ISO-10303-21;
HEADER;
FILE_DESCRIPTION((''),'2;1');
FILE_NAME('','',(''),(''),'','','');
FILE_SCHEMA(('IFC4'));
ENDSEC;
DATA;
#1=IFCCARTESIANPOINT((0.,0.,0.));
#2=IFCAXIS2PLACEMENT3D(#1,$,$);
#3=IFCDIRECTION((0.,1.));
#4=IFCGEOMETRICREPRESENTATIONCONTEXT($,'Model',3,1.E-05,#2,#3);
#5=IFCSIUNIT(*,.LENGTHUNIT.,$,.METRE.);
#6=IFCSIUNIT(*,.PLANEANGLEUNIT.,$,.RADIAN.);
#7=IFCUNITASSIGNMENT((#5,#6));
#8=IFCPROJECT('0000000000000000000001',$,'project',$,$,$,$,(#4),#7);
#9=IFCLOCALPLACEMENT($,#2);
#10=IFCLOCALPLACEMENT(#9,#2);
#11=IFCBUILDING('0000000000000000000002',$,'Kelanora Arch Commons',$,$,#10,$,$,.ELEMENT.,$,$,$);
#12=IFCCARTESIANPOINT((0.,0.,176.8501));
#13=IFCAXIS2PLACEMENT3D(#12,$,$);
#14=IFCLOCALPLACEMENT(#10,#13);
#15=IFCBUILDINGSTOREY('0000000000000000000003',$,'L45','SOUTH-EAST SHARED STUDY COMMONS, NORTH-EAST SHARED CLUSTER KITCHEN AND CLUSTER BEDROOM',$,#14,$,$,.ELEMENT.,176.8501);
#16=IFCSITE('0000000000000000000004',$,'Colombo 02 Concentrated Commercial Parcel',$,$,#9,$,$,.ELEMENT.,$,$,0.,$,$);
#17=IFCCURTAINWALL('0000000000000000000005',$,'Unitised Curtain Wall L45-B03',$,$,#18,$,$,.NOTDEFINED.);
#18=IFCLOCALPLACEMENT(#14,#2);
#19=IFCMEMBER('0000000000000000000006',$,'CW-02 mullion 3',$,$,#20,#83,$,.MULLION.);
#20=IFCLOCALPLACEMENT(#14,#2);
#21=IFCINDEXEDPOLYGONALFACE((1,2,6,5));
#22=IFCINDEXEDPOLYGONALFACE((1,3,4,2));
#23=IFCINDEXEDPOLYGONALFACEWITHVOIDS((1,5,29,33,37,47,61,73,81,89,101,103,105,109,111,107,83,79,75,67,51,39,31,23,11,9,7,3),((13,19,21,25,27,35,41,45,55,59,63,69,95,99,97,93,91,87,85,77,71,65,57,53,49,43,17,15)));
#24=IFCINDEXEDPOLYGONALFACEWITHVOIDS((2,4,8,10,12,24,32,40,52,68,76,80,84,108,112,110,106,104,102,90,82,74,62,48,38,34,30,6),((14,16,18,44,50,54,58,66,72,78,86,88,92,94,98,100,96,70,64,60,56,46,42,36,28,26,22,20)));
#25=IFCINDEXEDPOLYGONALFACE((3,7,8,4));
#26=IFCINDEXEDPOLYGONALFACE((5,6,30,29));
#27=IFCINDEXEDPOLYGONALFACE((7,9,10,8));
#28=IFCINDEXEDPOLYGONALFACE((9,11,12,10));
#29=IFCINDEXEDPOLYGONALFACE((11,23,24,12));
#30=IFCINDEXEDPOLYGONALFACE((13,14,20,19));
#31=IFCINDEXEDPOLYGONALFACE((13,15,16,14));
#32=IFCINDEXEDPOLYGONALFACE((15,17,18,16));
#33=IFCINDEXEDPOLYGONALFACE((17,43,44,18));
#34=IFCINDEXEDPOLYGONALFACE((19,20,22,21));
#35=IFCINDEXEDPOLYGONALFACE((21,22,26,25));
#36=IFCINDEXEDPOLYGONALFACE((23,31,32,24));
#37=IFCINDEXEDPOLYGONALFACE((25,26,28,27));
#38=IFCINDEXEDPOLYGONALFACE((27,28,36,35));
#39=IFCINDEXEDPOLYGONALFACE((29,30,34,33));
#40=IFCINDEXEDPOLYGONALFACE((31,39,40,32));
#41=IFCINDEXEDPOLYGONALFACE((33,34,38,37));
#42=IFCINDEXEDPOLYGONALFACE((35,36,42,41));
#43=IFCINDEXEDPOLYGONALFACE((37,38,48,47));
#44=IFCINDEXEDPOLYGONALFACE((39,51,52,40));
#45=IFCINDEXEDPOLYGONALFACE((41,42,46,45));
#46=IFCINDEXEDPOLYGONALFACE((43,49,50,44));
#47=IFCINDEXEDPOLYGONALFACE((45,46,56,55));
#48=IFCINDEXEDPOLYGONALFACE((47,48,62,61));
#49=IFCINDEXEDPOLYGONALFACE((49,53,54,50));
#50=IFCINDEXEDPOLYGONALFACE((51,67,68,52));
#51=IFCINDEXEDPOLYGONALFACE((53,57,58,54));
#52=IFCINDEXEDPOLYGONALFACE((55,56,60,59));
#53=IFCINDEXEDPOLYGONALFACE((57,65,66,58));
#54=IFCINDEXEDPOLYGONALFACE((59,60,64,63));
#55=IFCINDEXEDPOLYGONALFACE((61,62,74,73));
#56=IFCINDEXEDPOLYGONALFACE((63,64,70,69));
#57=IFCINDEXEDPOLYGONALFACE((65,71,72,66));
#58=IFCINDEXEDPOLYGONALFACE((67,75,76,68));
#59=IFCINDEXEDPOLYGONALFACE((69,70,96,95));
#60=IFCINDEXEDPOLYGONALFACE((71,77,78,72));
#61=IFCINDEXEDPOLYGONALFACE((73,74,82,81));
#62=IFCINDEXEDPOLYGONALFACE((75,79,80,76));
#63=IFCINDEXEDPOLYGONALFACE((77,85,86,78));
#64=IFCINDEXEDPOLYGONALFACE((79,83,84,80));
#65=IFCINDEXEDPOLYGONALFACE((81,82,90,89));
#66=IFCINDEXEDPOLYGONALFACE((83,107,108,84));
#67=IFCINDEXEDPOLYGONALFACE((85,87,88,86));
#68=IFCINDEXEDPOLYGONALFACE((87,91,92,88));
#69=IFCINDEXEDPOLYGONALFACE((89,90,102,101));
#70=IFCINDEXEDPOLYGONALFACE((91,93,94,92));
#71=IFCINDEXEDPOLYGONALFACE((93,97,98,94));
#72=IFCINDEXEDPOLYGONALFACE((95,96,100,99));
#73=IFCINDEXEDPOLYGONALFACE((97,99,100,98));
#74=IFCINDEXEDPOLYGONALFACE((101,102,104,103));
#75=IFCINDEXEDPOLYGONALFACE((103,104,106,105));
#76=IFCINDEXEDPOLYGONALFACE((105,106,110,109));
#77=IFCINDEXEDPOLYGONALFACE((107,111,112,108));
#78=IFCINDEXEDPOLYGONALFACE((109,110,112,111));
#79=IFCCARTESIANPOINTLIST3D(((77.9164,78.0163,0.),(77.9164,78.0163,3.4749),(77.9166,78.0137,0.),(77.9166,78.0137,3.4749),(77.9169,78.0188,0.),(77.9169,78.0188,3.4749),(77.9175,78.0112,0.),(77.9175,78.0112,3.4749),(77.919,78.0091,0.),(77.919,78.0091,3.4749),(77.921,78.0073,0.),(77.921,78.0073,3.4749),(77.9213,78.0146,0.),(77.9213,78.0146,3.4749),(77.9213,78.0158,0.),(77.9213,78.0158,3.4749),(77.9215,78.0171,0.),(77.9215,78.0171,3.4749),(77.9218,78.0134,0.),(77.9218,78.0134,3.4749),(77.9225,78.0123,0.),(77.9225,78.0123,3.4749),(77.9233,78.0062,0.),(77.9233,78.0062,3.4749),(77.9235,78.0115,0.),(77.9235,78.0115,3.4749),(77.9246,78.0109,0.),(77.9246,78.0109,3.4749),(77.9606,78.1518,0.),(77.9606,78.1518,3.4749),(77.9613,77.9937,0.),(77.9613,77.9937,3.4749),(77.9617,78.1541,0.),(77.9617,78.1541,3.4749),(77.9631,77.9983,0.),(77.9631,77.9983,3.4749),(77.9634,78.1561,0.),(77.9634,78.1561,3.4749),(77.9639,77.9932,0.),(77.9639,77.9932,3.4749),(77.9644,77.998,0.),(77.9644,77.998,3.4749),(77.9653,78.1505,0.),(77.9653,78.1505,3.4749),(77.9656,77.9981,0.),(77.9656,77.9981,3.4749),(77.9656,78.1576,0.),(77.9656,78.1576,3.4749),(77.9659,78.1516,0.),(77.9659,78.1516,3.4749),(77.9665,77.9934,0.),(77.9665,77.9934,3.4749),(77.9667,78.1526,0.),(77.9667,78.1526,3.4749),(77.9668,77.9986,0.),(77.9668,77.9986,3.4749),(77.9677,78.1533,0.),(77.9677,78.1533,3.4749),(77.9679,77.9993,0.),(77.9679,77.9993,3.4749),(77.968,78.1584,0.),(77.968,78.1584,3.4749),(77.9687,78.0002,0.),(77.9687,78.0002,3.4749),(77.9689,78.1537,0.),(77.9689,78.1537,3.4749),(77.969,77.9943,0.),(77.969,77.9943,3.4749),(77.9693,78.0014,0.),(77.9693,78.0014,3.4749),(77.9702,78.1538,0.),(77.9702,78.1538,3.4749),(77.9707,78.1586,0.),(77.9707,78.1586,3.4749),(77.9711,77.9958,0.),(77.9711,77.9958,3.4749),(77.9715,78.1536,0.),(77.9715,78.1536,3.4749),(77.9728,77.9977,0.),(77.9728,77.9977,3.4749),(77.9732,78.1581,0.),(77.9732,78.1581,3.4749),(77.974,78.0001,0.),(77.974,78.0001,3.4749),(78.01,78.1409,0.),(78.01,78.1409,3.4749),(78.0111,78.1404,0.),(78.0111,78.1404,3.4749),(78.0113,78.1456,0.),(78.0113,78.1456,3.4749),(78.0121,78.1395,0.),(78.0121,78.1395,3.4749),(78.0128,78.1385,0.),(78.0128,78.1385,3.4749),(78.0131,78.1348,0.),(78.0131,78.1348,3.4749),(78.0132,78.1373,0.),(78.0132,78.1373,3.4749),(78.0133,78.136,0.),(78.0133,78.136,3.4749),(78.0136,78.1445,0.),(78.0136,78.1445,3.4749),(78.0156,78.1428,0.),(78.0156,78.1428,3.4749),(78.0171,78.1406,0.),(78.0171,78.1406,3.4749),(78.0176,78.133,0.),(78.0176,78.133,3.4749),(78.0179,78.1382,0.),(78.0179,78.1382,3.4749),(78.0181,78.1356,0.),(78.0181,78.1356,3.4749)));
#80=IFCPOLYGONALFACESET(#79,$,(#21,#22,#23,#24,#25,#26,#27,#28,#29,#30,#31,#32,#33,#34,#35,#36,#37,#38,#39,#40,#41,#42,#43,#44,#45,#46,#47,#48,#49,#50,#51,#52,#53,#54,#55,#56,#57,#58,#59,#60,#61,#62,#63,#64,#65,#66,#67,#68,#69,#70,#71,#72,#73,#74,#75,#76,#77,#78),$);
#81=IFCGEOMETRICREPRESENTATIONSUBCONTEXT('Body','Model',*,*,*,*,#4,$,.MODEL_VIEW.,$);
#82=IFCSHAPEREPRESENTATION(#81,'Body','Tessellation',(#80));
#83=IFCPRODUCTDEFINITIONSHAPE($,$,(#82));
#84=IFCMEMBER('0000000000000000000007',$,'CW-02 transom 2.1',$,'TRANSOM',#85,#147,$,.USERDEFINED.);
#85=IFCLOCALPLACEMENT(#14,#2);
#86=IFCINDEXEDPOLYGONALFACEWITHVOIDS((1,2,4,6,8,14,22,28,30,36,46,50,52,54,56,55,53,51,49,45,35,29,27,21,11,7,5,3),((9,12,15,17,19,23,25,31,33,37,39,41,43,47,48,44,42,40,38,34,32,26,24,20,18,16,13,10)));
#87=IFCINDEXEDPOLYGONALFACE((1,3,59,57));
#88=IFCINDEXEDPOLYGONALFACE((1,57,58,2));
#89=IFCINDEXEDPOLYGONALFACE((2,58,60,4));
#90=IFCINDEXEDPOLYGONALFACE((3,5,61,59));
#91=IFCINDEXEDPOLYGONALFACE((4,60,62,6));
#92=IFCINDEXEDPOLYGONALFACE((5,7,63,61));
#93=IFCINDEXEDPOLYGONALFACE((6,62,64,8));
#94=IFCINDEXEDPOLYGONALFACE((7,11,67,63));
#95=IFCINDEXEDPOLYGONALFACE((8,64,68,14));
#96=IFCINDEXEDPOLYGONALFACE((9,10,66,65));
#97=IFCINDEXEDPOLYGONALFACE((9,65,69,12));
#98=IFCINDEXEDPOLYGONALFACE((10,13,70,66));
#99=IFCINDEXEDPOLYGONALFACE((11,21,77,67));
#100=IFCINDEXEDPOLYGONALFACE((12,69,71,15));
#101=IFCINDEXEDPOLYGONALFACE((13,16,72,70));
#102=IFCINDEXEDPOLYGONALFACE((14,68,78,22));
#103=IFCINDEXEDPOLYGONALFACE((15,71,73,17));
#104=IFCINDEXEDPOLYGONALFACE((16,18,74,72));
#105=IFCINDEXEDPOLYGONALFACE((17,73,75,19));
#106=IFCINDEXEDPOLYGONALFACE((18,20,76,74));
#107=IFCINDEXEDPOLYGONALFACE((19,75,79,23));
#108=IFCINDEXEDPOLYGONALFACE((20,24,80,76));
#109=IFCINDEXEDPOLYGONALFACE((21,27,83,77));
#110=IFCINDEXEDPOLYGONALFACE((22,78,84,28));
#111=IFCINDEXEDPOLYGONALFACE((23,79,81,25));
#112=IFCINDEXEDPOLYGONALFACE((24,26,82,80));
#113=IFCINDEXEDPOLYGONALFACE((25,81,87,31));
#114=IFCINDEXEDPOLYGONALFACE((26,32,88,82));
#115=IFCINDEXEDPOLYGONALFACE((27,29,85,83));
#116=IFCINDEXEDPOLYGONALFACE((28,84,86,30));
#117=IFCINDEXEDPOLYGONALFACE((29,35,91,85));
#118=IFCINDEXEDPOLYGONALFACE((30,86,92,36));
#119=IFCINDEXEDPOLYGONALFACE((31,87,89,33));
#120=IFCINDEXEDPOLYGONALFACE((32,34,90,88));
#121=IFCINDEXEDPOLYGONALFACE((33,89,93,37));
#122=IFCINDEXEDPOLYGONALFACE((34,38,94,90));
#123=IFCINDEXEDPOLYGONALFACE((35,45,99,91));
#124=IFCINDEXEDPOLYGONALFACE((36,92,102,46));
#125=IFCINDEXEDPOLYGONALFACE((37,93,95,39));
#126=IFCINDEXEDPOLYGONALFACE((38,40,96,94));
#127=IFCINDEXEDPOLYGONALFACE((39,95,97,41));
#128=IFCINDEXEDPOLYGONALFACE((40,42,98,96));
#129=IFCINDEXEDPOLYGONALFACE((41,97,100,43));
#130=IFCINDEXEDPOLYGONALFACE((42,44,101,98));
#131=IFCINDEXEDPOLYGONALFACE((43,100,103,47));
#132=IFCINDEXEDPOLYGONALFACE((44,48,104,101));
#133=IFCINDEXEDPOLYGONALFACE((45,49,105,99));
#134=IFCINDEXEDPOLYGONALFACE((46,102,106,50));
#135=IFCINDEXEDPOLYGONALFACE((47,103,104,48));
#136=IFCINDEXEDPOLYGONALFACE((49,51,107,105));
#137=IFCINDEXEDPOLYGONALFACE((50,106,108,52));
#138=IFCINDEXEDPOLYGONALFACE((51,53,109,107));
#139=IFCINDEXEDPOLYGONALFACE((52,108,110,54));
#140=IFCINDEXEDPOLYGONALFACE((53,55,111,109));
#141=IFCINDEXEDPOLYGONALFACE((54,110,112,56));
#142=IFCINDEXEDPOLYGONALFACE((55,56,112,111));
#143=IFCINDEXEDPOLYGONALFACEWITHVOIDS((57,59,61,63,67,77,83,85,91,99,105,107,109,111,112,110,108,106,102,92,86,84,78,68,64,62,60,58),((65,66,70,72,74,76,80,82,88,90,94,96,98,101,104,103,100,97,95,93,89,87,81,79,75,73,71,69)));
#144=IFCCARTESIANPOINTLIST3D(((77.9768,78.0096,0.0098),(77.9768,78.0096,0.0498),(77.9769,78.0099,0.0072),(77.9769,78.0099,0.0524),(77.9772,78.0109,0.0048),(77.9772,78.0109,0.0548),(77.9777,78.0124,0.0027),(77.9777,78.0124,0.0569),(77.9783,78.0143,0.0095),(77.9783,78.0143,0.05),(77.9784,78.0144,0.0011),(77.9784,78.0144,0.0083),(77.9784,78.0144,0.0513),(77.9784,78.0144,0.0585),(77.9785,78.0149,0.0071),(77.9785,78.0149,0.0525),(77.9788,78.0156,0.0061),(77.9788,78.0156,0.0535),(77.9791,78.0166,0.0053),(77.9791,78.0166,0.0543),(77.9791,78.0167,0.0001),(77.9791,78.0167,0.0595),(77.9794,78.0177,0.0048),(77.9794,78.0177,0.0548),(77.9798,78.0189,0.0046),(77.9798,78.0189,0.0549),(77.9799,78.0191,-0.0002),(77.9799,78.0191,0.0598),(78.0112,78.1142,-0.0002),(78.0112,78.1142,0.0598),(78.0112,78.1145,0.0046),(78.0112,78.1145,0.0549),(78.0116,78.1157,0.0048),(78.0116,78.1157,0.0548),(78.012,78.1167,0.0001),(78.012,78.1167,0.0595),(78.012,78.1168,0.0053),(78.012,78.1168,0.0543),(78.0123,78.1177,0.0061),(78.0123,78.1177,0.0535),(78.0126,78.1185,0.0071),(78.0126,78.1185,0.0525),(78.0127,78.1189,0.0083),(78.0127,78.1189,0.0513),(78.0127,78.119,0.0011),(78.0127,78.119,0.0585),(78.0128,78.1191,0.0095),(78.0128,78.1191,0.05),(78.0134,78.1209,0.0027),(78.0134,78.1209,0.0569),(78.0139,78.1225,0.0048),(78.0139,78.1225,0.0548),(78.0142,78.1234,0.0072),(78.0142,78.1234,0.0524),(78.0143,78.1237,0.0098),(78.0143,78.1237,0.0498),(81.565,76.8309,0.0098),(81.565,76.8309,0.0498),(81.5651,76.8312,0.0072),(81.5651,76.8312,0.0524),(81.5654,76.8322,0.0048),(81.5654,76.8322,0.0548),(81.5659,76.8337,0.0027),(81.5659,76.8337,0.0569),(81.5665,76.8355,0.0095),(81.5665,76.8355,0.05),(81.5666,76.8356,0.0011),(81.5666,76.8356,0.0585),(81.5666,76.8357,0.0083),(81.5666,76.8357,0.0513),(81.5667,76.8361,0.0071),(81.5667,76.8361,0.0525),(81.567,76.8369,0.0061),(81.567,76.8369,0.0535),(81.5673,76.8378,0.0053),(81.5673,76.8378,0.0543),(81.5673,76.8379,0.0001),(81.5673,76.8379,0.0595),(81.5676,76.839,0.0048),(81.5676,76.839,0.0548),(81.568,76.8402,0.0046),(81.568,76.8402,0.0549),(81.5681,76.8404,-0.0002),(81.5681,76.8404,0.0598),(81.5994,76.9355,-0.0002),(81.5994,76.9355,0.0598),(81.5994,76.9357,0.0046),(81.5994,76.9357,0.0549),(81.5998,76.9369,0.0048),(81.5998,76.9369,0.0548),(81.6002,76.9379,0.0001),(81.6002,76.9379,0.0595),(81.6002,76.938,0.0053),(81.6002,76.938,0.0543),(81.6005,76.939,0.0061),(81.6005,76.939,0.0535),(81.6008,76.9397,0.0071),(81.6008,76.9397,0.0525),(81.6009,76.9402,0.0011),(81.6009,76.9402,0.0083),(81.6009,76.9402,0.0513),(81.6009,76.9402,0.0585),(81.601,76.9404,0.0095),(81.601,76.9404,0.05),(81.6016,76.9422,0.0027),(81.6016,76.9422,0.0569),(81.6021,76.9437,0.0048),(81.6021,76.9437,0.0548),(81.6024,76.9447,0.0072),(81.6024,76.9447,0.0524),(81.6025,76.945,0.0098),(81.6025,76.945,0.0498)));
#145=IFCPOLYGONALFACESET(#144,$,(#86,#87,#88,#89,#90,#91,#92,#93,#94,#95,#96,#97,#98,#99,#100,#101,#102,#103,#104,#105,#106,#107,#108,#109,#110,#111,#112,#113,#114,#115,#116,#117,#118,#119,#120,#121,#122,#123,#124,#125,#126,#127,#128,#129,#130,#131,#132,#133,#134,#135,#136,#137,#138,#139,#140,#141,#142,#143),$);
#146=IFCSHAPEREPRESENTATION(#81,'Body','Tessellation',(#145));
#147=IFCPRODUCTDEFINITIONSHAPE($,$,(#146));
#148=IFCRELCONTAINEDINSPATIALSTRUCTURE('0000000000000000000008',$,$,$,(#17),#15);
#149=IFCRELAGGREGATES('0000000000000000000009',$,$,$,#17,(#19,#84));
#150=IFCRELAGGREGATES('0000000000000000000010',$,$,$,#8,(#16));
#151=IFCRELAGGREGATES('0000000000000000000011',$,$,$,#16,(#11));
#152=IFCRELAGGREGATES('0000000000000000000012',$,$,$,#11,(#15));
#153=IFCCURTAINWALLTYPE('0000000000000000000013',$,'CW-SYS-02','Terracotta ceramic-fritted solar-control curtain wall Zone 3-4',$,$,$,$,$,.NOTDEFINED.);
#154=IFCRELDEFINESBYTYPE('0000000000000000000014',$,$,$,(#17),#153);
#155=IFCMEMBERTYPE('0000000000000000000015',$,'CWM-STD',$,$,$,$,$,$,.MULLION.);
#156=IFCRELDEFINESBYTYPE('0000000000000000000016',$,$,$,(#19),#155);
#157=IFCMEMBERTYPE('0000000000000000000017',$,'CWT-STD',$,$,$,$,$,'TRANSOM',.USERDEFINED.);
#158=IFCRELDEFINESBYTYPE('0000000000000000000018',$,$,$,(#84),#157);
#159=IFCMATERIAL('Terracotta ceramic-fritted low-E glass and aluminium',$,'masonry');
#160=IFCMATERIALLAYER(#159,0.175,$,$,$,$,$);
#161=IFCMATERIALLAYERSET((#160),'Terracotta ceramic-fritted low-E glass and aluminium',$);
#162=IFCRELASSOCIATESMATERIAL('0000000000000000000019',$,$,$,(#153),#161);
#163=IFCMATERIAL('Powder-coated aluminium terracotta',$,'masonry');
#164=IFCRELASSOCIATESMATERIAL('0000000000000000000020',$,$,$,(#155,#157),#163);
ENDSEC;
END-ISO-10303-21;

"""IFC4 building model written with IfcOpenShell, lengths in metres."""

from ifc_helpers import new_model, si_unit, direction, frame, origin, origin_2d, place, context, subcontext, project, spatial, hollow_rectangle, extrude, material, layer, layer_set, material_profile, profile_set, type_object, element, aggregate, save


model = new_model("IFC4")

# Units and contexts
model_context = context("Model", 3, precision=1e-05, world=origin(), true_north=direction((0.0, 1.0)))
body_context = subcontext(model_context, "Body", "Model", "MODEL_VIEW")
ifc_project = project(units=[si_unit("LENGTHUNIT", "METRE"), si_unit("PLANEANGLEUNIT", "RADIAN")], contexts=[model_context])

# Site, building, storey
site_placement = place(None, origin())
site = spatial("IfcSite", under=ifc_project, at=site_placement, Name="Colombo 02 Concentrated Commercial Parcel", CompositionType="ELEMENT", RefElevation=0.0)
building_placement = place(site_placement, origin())
building = spatial("IfcBuilding", under=site, at=building_placement, Name="Kelanora Arch Commons", CompositionType="ELEMENT")
storey_placement = place(building_placement, frame((0.0, 0.0, 176.8501)))
storey = spatial("IfcBuildingStorey", under=building, at=storey_placement, Name="L45", Description="SOUTH-EAST SHARED STUDY COMMONS, NORTH-EAST SHARED CLUSTER KITCHEN AND CLUSTER BEDROOM", CompositionType="ELEMENT", Elevation=176.8501)

# Curtain wall, members
ifc_material_1 = material(Name="Terracotta ceramic-fritted low-E glass and aluminium", Category="masonry")
ifc_layer_1 = layer(ifc_material_1, 0.175)
ifc_layer_set_1 = layer_set([ifc_layer_1], Name="Terracotta ceramic-fritted low-E glass and aluminium")
curtain_wall_type = type_object("IfcCurtainWallType", Name="CW-SYS-02", Description="Terracotta ceramic-fritted solar-control curtain wall Zone 3-4", PredefinedType="NOTDEFINED", material=ifc_layer_set_1)
curtain_wall_placement = place(storey_placement, origin())
curtain_wall = element("IfcCurtainWall", 1, at=curtain_wall_placement, inside=storey, type_object=curtain_wall_type, Name="Unitised Curtain Wall L45-B03", PredefinedType="NOTDEFINED")
ifc_material_2 = material(Name="Powder-coated aluminium terracotta", Category="masonry")
ifc_material_profile_1 = material_profile(ifc_material_2, hollow_rectangle(XDim=0.1599, YDim=0.0601, WallThickness=0.0049, InnerFilletRadius=0.0049, OuterFilletRadius=0.01, at=origin_2d()), Name="CWM160x60")
ifc_profile_set_1 = profile_set([ifc_material_profile_1], Name="Powder-coated aluminium terracotta")
member_type_1 = type_object("IfcMemberType", Name="CWM-STD", PredefinedType="MULLION", material=ifc_profile_set_1)
member_1_placement = place(storey_placement, frame((77.9673, 78.0759, 0.0), z_axis=(0.0, 0.0, 1.0), x_axis=(-0.312128, -0.95004, 0.0)))
member_1 = element("IfcMember", 2, at=member_1_placement, type_object=member_type_1, Name="CW-02 mullion 3", PredefinedType="MULLION", context=body_context, shape_type="SweptSolid", body=[
    extrude(hollow_rectangle(XDim=0.1599, YDim=0.0601, WallThickness=0.0049, InnerFilletRadius=0.0049, OuterFilletRadius=0.01, at=origin_2d()), origin(), (0.0, 0.0, 1.0), 3.4749),
])
ifc_material_profile_2 = material_profile(ifc_material_2, hollow_rectangle(XDim=0.1201, YDim=0.0601, WallThickness=0.0049, InnerFilletRadius=0.0049, OuterFilletRadius=0.01, at=origin_2d()), Name="CWT120x60")
ifc_profile_set_2 = profile_set([ifc_material_profile_2], Name="Powder-coated aluminium terracotta")
member_type_2 = type_object("IfcMemberType", Name="CWT-STD", ElementType="TRANSOM", PredefinedType="USERDEFINED", material=ifc_profile_set_2)
member_2_placement = place(storey_placement, frame((81.5837, 76.8879, 0.0298), z_axis=(-0.950051, 0.312094, 0.0), x_axis=(-0.312094, -0.950051, 0.0)))
member_2 = element("IfcMember", 3, at=member_2_placement, type_object=member_type_2, Name="CW-02 transom 2.1", ObjectType="TRANSOM", PredefinedType="USERDEFINED", context=body_context, shape_type="SweptSolid", body=[
    extrude(hollow_rectangle(XDim=0.1201, YDim=0.0601, WallThickness=0.0049, InnerFilletRadius=0.0049, OuterFilletRadius=0.01, at=origin_2d()), origin(), (0.0, 0.0, 1.0), 3.7769),
])
aggregate(curtain_wall, [member_1, member_2])

save(model, "model.ifc")
